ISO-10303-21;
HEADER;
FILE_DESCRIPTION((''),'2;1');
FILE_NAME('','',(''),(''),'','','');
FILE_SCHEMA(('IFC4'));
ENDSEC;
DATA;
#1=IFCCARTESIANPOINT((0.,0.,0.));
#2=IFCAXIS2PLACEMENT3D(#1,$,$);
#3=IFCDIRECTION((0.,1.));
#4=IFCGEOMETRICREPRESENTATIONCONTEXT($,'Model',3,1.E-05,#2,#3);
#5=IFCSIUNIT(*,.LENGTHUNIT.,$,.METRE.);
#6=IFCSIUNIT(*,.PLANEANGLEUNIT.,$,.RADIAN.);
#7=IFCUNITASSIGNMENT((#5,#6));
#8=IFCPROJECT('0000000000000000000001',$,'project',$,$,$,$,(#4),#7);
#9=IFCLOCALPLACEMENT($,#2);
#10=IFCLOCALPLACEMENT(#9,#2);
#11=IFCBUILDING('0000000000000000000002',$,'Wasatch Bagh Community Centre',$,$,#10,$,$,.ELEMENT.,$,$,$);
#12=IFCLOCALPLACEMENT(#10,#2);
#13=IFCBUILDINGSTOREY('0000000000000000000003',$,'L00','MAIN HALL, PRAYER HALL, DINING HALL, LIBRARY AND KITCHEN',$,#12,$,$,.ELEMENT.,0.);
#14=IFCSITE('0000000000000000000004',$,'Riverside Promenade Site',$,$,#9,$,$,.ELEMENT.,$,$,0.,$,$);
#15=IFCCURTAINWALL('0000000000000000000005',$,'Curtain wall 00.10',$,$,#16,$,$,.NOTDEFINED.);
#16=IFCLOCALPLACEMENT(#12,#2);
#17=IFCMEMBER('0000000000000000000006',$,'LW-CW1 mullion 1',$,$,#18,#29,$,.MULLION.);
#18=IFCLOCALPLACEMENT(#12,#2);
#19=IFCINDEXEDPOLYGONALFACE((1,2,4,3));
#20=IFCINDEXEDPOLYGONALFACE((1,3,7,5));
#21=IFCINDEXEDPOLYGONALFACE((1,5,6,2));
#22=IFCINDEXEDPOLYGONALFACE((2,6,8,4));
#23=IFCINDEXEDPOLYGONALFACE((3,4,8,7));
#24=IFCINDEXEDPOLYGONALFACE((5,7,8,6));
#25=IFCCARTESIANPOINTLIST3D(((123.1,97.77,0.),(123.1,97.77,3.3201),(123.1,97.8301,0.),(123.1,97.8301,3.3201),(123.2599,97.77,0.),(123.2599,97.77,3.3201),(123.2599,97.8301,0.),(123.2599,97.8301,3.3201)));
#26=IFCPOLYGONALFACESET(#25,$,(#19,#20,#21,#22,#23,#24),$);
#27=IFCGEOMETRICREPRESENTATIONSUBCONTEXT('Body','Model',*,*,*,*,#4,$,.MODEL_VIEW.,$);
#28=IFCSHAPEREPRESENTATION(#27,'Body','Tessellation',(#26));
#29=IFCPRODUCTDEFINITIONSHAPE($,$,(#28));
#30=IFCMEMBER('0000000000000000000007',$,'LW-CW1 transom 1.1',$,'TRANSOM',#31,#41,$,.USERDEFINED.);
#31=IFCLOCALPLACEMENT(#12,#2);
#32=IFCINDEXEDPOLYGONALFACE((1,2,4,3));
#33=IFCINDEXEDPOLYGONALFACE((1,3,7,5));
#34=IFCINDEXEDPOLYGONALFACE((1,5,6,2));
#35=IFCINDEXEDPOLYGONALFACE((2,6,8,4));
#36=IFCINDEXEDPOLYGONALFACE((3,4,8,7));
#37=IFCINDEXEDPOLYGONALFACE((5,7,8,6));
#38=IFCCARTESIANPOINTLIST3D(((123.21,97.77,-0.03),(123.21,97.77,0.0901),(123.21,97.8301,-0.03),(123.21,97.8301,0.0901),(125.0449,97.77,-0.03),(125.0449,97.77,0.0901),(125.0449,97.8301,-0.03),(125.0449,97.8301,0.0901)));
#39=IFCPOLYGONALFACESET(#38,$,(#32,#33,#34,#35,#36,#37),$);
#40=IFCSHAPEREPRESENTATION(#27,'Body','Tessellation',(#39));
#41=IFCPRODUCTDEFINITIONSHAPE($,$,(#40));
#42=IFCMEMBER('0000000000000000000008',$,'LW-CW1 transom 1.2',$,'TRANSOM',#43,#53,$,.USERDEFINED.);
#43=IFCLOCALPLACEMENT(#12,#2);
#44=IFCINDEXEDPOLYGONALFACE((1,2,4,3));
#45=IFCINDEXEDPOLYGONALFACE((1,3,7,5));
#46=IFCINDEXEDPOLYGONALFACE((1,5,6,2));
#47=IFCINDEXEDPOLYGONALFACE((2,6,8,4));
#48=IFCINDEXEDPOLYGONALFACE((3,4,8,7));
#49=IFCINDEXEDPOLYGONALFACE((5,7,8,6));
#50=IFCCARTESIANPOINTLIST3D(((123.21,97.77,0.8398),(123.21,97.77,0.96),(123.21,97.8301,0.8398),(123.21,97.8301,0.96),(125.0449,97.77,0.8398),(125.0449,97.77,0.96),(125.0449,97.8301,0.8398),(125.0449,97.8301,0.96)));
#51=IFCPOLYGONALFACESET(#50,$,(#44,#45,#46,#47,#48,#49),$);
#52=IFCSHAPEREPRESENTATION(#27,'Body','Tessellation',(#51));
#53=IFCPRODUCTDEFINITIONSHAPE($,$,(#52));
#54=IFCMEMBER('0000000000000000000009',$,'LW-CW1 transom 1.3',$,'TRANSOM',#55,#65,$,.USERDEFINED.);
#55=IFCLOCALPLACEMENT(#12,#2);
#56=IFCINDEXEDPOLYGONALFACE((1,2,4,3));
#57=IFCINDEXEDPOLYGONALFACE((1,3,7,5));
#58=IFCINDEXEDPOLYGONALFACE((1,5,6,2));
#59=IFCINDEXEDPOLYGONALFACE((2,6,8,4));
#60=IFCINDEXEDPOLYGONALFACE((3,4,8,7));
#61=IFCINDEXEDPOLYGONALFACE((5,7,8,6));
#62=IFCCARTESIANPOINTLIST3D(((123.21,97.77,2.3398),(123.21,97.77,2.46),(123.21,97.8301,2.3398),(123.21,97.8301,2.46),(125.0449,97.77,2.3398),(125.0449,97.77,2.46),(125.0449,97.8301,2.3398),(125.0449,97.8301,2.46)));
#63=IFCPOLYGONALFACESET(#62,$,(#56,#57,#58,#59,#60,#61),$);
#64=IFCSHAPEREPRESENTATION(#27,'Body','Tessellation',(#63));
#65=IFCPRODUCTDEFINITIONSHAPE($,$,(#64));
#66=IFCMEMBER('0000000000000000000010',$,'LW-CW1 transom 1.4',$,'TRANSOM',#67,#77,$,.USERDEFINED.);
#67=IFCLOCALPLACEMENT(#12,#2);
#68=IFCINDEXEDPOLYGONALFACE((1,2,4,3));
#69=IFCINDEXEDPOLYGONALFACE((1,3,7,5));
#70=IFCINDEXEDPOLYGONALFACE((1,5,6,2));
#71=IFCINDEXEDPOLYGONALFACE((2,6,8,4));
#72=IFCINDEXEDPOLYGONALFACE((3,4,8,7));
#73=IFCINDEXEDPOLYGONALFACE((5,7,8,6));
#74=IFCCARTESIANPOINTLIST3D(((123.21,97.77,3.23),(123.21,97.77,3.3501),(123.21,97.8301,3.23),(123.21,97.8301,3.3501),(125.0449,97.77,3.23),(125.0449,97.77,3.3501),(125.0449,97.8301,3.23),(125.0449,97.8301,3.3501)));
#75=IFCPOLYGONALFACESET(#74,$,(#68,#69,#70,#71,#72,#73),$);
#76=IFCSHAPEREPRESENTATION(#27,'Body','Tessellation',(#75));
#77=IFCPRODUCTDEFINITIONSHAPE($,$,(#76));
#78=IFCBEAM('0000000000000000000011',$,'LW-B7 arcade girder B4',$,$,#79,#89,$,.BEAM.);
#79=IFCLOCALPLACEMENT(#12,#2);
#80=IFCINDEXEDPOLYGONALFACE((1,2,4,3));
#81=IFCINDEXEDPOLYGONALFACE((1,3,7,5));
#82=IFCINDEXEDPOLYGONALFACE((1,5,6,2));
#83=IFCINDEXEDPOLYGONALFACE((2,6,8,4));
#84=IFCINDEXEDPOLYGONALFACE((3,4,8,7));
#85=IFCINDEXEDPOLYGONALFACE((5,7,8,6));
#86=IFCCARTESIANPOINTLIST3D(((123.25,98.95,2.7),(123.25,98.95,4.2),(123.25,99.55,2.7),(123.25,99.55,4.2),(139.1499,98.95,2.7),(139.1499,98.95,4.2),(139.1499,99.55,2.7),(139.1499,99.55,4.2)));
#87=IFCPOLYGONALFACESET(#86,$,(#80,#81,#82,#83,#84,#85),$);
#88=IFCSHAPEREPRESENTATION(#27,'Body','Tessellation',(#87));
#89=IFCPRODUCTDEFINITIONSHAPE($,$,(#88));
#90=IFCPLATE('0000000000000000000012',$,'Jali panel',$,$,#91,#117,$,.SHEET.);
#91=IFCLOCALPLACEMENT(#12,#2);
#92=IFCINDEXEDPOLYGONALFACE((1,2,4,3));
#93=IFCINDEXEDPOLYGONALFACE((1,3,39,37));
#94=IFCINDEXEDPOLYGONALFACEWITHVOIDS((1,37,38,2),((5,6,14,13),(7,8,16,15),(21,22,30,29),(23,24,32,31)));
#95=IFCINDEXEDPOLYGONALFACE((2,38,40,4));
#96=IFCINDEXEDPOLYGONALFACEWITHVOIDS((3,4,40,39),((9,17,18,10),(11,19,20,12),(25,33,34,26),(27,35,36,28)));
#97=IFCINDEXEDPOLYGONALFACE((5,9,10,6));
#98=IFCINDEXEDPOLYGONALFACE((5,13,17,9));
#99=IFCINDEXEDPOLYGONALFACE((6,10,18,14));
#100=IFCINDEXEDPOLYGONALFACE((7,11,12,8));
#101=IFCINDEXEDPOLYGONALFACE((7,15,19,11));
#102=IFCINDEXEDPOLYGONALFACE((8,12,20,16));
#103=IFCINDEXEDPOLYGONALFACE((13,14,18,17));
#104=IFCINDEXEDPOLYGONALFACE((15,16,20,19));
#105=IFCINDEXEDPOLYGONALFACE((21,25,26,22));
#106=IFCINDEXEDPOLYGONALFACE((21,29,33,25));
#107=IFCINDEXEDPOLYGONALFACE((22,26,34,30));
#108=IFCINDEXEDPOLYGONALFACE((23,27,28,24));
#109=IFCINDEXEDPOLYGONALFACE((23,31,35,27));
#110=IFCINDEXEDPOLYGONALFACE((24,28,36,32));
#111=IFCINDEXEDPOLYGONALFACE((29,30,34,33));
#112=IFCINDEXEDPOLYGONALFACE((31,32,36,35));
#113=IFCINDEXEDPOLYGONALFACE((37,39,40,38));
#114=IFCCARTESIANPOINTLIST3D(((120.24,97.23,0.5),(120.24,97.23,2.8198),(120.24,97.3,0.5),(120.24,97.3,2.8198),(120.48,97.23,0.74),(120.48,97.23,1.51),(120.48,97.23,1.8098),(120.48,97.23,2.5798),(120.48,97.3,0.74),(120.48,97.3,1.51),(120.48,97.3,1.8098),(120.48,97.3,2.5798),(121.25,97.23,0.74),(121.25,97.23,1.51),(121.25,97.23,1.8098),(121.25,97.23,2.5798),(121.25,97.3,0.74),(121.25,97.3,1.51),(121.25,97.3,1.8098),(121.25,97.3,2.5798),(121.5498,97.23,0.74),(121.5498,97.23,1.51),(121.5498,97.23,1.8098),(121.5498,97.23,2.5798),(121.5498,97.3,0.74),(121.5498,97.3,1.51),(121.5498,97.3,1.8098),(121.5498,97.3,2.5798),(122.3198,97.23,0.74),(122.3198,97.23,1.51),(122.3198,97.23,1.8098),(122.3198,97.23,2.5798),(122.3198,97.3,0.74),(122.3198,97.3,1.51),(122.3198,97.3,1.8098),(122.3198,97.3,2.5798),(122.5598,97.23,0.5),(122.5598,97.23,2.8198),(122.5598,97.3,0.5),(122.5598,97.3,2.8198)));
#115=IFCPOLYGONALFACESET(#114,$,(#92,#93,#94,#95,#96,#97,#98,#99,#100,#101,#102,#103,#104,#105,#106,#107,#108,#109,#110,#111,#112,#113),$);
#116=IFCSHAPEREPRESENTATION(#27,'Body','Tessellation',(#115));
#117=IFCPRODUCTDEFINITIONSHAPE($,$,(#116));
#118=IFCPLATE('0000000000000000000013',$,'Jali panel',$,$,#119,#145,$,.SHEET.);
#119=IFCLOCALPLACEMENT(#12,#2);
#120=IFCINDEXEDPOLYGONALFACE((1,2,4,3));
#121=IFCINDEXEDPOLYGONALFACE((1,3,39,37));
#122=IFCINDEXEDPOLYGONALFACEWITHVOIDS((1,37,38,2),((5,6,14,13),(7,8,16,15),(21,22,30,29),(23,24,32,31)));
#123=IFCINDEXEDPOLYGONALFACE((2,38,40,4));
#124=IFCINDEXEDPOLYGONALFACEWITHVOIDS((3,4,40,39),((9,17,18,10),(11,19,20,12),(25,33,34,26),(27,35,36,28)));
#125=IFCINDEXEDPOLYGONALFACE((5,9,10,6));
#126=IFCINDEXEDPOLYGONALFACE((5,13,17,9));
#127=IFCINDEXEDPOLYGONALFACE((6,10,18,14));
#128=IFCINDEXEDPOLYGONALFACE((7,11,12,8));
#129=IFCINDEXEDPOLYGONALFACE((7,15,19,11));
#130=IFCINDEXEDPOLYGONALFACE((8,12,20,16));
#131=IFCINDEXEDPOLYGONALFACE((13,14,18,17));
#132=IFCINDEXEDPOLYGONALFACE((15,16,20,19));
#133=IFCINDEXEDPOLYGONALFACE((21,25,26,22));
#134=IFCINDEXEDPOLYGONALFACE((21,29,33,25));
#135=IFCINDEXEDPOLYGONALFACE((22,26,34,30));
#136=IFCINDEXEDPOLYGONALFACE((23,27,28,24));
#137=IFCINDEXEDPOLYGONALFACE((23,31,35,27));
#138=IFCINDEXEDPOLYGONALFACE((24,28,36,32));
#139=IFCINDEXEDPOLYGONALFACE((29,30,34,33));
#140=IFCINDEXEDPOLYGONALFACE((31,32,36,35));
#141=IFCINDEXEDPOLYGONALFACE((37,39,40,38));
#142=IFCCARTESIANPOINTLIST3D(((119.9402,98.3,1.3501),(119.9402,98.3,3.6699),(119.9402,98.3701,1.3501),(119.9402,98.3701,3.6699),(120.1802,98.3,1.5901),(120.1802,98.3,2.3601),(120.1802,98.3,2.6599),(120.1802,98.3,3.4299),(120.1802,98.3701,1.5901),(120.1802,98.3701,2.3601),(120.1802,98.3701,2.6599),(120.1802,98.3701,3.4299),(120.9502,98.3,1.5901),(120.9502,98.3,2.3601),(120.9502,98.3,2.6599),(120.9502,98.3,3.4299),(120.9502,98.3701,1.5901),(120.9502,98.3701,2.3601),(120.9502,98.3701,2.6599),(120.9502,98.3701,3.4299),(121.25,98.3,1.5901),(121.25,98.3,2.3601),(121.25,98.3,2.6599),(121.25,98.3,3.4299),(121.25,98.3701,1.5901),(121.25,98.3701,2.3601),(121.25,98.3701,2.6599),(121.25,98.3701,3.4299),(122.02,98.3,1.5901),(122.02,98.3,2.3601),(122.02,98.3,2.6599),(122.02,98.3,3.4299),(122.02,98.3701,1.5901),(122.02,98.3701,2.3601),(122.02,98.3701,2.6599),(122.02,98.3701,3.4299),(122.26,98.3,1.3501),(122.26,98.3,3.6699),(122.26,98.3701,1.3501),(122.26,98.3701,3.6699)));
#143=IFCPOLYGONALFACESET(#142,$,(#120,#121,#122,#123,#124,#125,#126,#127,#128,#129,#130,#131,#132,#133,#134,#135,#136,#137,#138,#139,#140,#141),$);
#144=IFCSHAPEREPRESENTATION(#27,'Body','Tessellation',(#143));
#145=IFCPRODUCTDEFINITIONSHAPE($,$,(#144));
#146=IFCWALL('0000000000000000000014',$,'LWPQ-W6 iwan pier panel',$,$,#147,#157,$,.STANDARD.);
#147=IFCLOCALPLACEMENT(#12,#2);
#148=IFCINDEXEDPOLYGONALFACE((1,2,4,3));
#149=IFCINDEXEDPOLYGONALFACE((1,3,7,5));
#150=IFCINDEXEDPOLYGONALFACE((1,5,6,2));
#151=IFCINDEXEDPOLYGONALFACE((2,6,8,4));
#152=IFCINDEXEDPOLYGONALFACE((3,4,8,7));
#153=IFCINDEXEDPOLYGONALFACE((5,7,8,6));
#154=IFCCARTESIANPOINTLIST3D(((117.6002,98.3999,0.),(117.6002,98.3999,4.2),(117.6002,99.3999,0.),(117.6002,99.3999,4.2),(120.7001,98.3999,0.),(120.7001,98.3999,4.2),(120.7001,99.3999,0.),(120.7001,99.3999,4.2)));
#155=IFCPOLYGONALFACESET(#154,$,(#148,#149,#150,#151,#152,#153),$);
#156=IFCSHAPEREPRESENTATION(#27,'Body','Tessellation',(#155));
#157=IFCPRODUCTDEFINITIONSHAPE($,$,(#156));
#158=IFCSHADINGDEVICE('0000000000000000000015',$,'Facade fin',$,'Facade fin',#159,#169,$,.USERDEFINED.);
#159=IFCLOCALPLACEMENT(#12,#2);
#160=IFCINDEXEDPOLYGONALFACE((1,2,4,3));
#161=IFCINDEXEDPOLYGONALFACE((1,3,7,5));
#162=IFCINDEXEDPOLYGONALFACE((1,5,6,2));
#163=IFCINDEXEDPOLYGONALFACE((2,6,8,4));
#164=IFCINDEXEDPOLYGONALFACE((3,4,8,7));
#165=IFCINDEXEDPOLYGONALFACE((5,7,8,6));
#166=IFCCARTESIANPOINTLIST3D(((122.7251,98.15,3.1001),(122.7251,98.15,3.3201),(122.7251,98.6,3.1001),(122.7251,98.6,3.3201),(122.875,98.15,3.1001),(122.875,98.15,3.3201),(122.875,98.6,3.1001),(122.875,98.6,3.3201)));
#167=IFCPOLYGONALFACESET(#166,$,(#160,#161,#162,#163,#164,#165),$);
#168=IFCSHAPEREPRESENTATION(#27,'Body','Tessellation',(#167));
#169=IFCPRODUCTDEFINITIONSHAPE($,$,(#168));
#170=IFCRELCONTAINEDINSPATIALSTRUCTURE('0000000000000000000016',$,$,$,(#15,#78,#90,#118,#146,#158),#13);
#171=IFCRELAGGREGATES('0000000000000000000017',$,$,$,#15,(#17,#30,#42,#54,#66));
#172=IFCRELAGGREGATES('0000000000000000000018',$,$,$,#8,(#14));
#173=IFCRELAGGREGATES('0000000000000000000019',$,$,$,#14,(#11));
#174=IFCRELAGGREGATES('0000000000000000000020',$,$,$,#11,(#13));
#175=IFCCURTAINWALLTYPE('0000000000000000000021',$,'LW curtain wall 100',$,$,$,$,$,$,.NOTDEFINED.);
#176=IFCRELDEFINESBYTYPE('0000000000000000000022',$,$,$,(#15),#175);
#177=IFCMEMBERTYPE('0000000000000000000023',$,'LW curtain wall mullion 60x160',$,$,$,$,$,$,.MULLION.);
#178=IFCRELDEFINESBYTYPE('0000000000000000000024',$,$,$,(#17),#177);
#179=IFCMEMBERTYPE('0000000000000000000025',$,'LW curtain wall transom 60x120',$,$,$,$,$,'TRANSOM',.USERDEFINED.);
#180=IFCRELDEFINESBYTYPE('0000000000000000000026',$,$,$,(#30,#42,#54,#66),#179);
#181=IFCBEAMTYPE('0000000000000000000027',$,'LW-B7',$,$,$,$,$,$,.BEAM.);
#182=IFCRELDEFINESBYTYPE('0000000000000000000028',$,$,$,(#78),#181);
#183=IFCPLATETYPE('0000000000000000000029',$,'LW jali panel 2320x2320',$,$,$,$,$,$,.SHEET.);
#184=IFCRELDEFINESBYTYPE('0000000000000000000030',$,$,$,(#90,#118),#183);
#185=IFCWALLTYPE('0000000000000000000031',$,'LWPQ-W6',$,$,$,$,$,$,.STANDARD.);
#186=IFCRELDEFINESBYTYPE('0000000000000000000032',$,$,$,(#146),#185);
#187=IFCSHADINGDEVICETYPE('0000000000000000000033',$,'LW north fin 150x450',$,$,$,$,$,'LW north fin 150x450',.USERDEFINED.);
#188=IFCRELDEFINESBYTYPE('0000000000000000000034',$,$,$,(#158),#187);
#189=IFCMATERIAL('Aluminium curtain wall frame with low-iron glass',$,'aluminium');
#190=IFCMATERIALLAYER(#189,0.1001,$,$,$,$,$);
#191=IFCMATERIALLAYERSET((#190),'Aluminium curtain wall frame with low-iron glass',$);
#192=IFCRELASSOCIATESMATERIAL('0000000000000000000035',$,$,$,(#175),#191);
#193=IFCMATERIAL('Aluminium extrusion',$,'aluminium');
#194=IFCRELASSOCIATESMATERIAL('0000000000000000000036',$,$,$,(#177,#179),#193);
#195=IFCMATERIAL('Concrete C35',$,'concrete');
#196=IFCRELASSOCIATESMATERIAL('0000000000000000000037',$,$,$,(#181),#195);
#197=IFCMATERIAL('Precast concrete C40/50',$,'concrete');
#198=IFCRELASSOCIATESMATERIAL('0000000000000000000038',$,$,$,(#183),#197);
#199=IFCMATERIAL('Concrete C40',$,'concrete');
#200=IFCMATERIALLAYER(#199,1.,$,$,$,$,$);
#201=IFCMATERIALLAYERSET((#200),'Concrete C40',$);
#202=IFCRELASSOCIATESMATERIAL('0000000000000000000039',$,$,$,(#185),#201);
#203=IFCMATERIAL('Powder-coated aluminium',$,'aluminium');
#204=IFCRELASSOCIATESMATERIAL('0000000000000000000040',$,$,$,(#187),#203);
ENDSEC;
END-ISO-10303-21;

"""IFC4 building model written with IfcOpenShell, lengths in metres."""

from ifc_helpers import new_model, si_unit, direction, frame, frame_2d, origin, origin_2d, place, context, subcontext, project, spatial, polyline, rectangle, outline, extrude, material, layer, layer_set, material_profile, profile_set, type_object, element, aggregate, save


model = new_model("IFC4")

# Units and contexts
model_context = context("Model", 3, precision=1e-05, world=origin(), true_north=direction((0.0, 1.0)))
body_context = subcontext(model_context, "Body", "Model", "MODEL_VIEW")
ifc_project = project(units=[si_unit("LENGTHUNIT", "METRE"), si_unit("PLANEANGLEUNIT", "RADIAN")], contexts=[model_context])

# Site, building, storey
site_placement = place(None, origin())
site = spatial("IfcSite", under=ifc_project, at=site_placement, Name="Riverside Promenade Site", CompositionType="ELEMENT", RefElevation=0.0)
building_placement = place(site_placement, origin())
building = spatial("IfcBuilding", under=site, at=building_placement, Name="Wasatch Bagh Community Centre", CompositionType="ELEMENT")
storey_placement = place(building_placement, origin())
storey = spatial("IfcBuildingStorey", under=building, at=storey_placement, Name="L00", Description="MAIN HALL, PRAYER HALL, DINING HALL, LIBRARY AND KITCHEN", CompositionType="ELEMENT", Elevation=0.0)

# Shared definitions
ifc_material_1 = material(Name="Concrete C40", Category="concrete")

# Shared definitions
ifc_material_2 = material(Name="Concrete C35", Category="concrete")

# Curtain wall, members
ifc_material_3 = material(Name="Aluminium curtain wall frame with low-iron glass", Category="aluminium")
ifc_layer_1 = layer(ifc_material_3, 0.1001)
ifc_layer_set_1 = layer_set([ifc_layer_1], Name="Aluminium curtain wall frame with low-iron glass")
curtain_wall_type = type_object("IfcCurtainWallType", Name="LW curtain wall 100", PredefinedType="NOTDEFINED", material=ifc_layer_set_1)
curtain_wall_placement = place(storey_placement, origin())
curtain_wall = element("IfcCurtainWall", 1, at=curtain_wall_placement, inside=storey, type_object=curtain_wall_type, Name="Curtain wall 00.10", PredefinedType="NOTDEFINED")
ifc_material_4 = material(Name="Aluminium extrusion", Category="aluminium")
ifc_material_profile_1 = material_profile(ifc_material_4, rectangle(XDim=0.0601, YDim=0.1599, at=origin_2d()), Name="AL 60x160")
ifc_profile_set_1 = profile_set([ifc_material_profile_1], Name="Aluminium extrusion")
member_type_1 = type_object("IfcMemberType", Name="LW curtain wall mullion 60x160", PredefinedType="MULLION", material=ifc_profile_set_1)
member_1_placement = place(storey_placement, frame((123.1799, 97.8, 0.0), z_axis=(0.0, 0.0, 1.0), x_axis=(0.0, 1.0, 0.0)))
member_1 = element("IfcMember", 2, at=member_1_placement, type_object=member_type_1, Name="LW-CW1 mullion 1", PredefinedType="MULLION", context=body_context, shape_type="SweptSolid", body=[
    extrude(rectangle(XDim=0.0601, YDim=0.1599, at=origin_2d()), origin(), (0.0, 0.0, 1.0), 3.3201),
])
ifc_material_profile_2 = material_profile(ifc_material_4, rectangle(XDim=0.0601, YDim=0.1201, at=origin_2d()), Name="AL 60x120")
ifc_profile_set_2 = profile_set([ifc_material_profile_2], Name="Aluminium extrusion")
member_type_2 = type_object("IfcMemberType", Name="LW curtain wall transom 60x120", ElementType="TRANSOM", PredefinedType="USERDEFINED", material=ifc_profile_set_2)
member_2_placement = place(storey_placement, frame((123.21, 97.8, 0.03), z_axis=(1.0, 0.0, 0.0), x_axis=(0.0, 1.0, 0.0)))
member_2 = element("IfcMember", 3, at=member_2_placement, type_object=member_type_2, Name="LW-CW1 transom 1.1", ObjectType="TRANSOM", PredefinedType="USERDEFINED", context=body_context, shape_type="SweptSolid", body=[
    extrude(rectangle(XDim=0.0601, YDim=0.1201, at=origin_2d()), origin(), (0.0, 0.0, 1.0), 1.835),
])
member_3_placement = place(storey_placement, frame((123.21, 97.8, 0.8999), z_axis=(1.0, 0.0, 0.0), x_axis=(0.0, 1.0, 0.0)))
member_3 = element("IfcMember", 4, at=member_3_placement, type_object=member_type_2, Name="LW-CW1 transom 1.2", ObjectType="TRANSOM", PredefinedType="USERDEFINED", context=body_context, shape_type="SweptSolid", body=[
    extrude(rectangle(XDim=0.0601, YDim=0.1201, at=origin_2d()), origin(), (0.0, 0.0, 1.0), 1.835),
])
member_4_placement = place(storey_placement, frame((123.21, 97.8, 2.3999), z_axis=(1.0, 0.0, 0.0), x_axis=(0.0, 1.0, 0.0)))
member_4 = element("IfcMember", 5, at=member_4_placement, type_object=member_type_2, Name="LW-CW1 transom 1.3", ObjectType="TRANSOM", PredefinedType="USERDEFINED", context=body_context, shape_type="SweptSolid", body=[
    extrude(rectangle(XDim=0.0601, YDim=0.1201, at=origin_2d()), origin(), (0.0, 0.0, 1.0), 1.835),
])
member_5_placement = place(storey_placement, frame((123.21, 97.8, 3.29), z_axis=(1.0, 0.0, 0.0), x_axis=(0.0, 1.0, 0.0)))
member_5 = element("IfcMember", 6, at=member_5_placement, type_object=member_type_2, Name="LW-CW1 transom 1.4", ObjectType="TRANSOM", PredefinedType="USERDEFINED", context=body_context, shape_type="SweptSolid", body=[
    extrude(rectangle(XDim=0.0601, YDim=0.1201, at=origin_2d()), origin(), (0.0, 0.0, 1.0), 1.835),
])
aggregate(curtain_wall, [member_1, member_2, member_3, member_4, member_5])

# Beam
ifc_material_profile_3 = material_profile(ifc_material_2, rectangle(XDim=0.6001, YDim=1.5, at=origin_2d()), Name="RC 600x1500")
ifc_profile_set_3 = profile_set([ifc_material_profile_3], Name="Concrete C35")
beam_type_1 = type_object("IfcBeamType", Name="LW-B7", PredefinedType="BEAM", material=ifc_profile_set_3)
beam_1_placement = place(storey_placement, frame((123.25, 99.25, 3.45), z_axis=(1.0, 0.0, 0.0), x_axis=(0.0, 1.0, 0.0)))
element("IfcBeam", 7, at=beam_1_placement, inside=storey, type_object=beam_type_1, Name="LW-B7 arcade girder B4", PredefinedType="BEAM", context=body_context, shape_type="SweptSolid", body=[
    extrude(rectangle(XDim=0.6001, YDim=1.5, at=origin_2d()), origin(), (0.0, 0.0, 1.0), 15.8999),
])

# Plates
ifc_material_5 = material(Name="Precast concrete C40/50", Category="concrete")
ifc_material_profile_4 = material_profile(ifc_material_5, outline(polyline([(-1.1599, -1.1599), (1.1599, -1.1599), (1.1599, 1.1599), (-1.1599, 1.1599), (-1.1599, -1.1599)]), holes=[polyline([(-0.9199, -0.9199), (-0.1499, -0.9199), (-0.1499, -0.1499), (-0.9199, -0.1499), (-0.9199, -0.9199)]), polyline([(-0.9199, 0.1499), (-0.1499, 0.1499), (-0.1499, 0.9199), (-0.9199, 0.9199), (-0.9199, 0.1499)]), polyline([(0.1499, -0.9199), (0.9199, -0.9199), (0.9199, -0.1499), (0.1499, -0.1499), (0.1499, -0.9199)]), polyline([(0.1499, 0.1499), (0.9199, 0.1499), (0.9199, 0.9199), (0.1499, 0.9199), (0.1499, 0.1499)])]), Name="Jali lattice")
ifc_profile_set_4 = profile_set([ifc_material_profile_4], Name="Precast concrete C40/50")
plate_type = type_object("IfcPlateType", Name="LW jali panel 2320x2320", PredefinedType="SHEET", material=ifc_profile_set_4)
for number, where, z_axis, x_axis, name in (
    (8, (121.3999, 97.3, 1.6599), (0.0, -1.0, 0.0), (1.0, 0.0, 0.0), "Jali panel"),
    (9, (121.1001, 98.3, 2.51), (0.0, 1.0, 0.0), (-1.0, 0.0, 0.0), "Jali panel"),
):
    element("IfcPlate", number, at=place(storey_placement, frame(where, z_axis=z_axis, x_axis=x_axis)), inside=storey, type_object=plate_type, Name=name, PredefinedType="SHEET", context=body_context, shape_type="SweptSolid", body=[
        extrude(outline(polyline([(-1.1599, -1.1599), (1.1599, -1.1599), (1.1599, 1.1599), (-1.1599, 1.1599), (-1.1599, -1.1599)]), holes=[polyline([(-0.9199, -0.9199), (-0.1499, -0.9199), (-0.1499, -0.1499), (-0.9199, -0.1499), (-0.9199, -0.9199)]), polyline([(-0.9199, 0.1499), (-0.1499, 0.1499), (-0.1499, 0.9199), (-0.9199, 0.9199), (-0.9199, 0.1499)]), polyline([(0.1499, -0.9199), (0.9199, -0.9199), (0.9199, -0.1499), (0.1499, -0.1499), (0.1499, -0.9199)]), polyline([(0.1499, 0.1499), (0.9199, 0.1499), (0.9199, 0.9199), (0.1499, 0.9199), (0.1499, 0.1499)])]), origin(), (0.0, 0.0, 1.0), 0.0701),
    ])

# Wall
ifc_layer_2 = layer(ifc_material_1, 1.0)
ifc_layer_set_2 = layer_set([ifc_layer_2], Name="Concrete C40")
wall_type = type_object("IfcWallType", Name="LWPQ-W6", PredefinedType="STANDARD", material=ifc_layer_set_2)
wall_placement = place(storey_placement, frame((120.7, 98.8999, 0.0), z_axis=(0.0, 0.0, 1.0), x_axis=(-1.0, 0.0, 0.0)))
element("IfcWall", 10, at=wall_placement, inside=storey, type_object=wall_type, Name="LWPQ-W6 iwan pier panel", PredefinedType="STANDARD", context=body_context, shape_type="SweptSolid", body=[
    extrude(rectangle(XDim=3.0999, YDim=1.0, at=frame_2d((1.5498, 0.0))), origin(), (0.0, 0.0, 1.0), 4.2),
])

# Shading device
ifc_material_6 = material(Name="Powder-coated aluminium", Category="aluminium")
shading_device_type = type_object("IfcShadingDeviceType", Name="LW north fin 150x450", ElementType="LW north fin 150x450", PredefinedType="USERDEFINED", material=ifc_material_6)
shading_device_placement = place(storey_placement, frame((122.8, 98.375, 3.1001), z_axis=(0.0, 0.0, 1.0), x_axis=(1.0, 0.0, 0.0)))
element("IfcShadingDevice", 11, at=shading_device_placement, inside=storey, type_object=shading_device_type, Name="Facade fin", ObjectType="Facade fin", PredefinedType="USERDEFINED", context=body_context, shape_type="SweptSolid", body=[
    extrude(rectangle(XDim=0.1499, YDim=0.45, at=origin_2d()), origin(), (0.0, 0.0, 1.0), 0.22),
])

save(model, "model.ifc")
